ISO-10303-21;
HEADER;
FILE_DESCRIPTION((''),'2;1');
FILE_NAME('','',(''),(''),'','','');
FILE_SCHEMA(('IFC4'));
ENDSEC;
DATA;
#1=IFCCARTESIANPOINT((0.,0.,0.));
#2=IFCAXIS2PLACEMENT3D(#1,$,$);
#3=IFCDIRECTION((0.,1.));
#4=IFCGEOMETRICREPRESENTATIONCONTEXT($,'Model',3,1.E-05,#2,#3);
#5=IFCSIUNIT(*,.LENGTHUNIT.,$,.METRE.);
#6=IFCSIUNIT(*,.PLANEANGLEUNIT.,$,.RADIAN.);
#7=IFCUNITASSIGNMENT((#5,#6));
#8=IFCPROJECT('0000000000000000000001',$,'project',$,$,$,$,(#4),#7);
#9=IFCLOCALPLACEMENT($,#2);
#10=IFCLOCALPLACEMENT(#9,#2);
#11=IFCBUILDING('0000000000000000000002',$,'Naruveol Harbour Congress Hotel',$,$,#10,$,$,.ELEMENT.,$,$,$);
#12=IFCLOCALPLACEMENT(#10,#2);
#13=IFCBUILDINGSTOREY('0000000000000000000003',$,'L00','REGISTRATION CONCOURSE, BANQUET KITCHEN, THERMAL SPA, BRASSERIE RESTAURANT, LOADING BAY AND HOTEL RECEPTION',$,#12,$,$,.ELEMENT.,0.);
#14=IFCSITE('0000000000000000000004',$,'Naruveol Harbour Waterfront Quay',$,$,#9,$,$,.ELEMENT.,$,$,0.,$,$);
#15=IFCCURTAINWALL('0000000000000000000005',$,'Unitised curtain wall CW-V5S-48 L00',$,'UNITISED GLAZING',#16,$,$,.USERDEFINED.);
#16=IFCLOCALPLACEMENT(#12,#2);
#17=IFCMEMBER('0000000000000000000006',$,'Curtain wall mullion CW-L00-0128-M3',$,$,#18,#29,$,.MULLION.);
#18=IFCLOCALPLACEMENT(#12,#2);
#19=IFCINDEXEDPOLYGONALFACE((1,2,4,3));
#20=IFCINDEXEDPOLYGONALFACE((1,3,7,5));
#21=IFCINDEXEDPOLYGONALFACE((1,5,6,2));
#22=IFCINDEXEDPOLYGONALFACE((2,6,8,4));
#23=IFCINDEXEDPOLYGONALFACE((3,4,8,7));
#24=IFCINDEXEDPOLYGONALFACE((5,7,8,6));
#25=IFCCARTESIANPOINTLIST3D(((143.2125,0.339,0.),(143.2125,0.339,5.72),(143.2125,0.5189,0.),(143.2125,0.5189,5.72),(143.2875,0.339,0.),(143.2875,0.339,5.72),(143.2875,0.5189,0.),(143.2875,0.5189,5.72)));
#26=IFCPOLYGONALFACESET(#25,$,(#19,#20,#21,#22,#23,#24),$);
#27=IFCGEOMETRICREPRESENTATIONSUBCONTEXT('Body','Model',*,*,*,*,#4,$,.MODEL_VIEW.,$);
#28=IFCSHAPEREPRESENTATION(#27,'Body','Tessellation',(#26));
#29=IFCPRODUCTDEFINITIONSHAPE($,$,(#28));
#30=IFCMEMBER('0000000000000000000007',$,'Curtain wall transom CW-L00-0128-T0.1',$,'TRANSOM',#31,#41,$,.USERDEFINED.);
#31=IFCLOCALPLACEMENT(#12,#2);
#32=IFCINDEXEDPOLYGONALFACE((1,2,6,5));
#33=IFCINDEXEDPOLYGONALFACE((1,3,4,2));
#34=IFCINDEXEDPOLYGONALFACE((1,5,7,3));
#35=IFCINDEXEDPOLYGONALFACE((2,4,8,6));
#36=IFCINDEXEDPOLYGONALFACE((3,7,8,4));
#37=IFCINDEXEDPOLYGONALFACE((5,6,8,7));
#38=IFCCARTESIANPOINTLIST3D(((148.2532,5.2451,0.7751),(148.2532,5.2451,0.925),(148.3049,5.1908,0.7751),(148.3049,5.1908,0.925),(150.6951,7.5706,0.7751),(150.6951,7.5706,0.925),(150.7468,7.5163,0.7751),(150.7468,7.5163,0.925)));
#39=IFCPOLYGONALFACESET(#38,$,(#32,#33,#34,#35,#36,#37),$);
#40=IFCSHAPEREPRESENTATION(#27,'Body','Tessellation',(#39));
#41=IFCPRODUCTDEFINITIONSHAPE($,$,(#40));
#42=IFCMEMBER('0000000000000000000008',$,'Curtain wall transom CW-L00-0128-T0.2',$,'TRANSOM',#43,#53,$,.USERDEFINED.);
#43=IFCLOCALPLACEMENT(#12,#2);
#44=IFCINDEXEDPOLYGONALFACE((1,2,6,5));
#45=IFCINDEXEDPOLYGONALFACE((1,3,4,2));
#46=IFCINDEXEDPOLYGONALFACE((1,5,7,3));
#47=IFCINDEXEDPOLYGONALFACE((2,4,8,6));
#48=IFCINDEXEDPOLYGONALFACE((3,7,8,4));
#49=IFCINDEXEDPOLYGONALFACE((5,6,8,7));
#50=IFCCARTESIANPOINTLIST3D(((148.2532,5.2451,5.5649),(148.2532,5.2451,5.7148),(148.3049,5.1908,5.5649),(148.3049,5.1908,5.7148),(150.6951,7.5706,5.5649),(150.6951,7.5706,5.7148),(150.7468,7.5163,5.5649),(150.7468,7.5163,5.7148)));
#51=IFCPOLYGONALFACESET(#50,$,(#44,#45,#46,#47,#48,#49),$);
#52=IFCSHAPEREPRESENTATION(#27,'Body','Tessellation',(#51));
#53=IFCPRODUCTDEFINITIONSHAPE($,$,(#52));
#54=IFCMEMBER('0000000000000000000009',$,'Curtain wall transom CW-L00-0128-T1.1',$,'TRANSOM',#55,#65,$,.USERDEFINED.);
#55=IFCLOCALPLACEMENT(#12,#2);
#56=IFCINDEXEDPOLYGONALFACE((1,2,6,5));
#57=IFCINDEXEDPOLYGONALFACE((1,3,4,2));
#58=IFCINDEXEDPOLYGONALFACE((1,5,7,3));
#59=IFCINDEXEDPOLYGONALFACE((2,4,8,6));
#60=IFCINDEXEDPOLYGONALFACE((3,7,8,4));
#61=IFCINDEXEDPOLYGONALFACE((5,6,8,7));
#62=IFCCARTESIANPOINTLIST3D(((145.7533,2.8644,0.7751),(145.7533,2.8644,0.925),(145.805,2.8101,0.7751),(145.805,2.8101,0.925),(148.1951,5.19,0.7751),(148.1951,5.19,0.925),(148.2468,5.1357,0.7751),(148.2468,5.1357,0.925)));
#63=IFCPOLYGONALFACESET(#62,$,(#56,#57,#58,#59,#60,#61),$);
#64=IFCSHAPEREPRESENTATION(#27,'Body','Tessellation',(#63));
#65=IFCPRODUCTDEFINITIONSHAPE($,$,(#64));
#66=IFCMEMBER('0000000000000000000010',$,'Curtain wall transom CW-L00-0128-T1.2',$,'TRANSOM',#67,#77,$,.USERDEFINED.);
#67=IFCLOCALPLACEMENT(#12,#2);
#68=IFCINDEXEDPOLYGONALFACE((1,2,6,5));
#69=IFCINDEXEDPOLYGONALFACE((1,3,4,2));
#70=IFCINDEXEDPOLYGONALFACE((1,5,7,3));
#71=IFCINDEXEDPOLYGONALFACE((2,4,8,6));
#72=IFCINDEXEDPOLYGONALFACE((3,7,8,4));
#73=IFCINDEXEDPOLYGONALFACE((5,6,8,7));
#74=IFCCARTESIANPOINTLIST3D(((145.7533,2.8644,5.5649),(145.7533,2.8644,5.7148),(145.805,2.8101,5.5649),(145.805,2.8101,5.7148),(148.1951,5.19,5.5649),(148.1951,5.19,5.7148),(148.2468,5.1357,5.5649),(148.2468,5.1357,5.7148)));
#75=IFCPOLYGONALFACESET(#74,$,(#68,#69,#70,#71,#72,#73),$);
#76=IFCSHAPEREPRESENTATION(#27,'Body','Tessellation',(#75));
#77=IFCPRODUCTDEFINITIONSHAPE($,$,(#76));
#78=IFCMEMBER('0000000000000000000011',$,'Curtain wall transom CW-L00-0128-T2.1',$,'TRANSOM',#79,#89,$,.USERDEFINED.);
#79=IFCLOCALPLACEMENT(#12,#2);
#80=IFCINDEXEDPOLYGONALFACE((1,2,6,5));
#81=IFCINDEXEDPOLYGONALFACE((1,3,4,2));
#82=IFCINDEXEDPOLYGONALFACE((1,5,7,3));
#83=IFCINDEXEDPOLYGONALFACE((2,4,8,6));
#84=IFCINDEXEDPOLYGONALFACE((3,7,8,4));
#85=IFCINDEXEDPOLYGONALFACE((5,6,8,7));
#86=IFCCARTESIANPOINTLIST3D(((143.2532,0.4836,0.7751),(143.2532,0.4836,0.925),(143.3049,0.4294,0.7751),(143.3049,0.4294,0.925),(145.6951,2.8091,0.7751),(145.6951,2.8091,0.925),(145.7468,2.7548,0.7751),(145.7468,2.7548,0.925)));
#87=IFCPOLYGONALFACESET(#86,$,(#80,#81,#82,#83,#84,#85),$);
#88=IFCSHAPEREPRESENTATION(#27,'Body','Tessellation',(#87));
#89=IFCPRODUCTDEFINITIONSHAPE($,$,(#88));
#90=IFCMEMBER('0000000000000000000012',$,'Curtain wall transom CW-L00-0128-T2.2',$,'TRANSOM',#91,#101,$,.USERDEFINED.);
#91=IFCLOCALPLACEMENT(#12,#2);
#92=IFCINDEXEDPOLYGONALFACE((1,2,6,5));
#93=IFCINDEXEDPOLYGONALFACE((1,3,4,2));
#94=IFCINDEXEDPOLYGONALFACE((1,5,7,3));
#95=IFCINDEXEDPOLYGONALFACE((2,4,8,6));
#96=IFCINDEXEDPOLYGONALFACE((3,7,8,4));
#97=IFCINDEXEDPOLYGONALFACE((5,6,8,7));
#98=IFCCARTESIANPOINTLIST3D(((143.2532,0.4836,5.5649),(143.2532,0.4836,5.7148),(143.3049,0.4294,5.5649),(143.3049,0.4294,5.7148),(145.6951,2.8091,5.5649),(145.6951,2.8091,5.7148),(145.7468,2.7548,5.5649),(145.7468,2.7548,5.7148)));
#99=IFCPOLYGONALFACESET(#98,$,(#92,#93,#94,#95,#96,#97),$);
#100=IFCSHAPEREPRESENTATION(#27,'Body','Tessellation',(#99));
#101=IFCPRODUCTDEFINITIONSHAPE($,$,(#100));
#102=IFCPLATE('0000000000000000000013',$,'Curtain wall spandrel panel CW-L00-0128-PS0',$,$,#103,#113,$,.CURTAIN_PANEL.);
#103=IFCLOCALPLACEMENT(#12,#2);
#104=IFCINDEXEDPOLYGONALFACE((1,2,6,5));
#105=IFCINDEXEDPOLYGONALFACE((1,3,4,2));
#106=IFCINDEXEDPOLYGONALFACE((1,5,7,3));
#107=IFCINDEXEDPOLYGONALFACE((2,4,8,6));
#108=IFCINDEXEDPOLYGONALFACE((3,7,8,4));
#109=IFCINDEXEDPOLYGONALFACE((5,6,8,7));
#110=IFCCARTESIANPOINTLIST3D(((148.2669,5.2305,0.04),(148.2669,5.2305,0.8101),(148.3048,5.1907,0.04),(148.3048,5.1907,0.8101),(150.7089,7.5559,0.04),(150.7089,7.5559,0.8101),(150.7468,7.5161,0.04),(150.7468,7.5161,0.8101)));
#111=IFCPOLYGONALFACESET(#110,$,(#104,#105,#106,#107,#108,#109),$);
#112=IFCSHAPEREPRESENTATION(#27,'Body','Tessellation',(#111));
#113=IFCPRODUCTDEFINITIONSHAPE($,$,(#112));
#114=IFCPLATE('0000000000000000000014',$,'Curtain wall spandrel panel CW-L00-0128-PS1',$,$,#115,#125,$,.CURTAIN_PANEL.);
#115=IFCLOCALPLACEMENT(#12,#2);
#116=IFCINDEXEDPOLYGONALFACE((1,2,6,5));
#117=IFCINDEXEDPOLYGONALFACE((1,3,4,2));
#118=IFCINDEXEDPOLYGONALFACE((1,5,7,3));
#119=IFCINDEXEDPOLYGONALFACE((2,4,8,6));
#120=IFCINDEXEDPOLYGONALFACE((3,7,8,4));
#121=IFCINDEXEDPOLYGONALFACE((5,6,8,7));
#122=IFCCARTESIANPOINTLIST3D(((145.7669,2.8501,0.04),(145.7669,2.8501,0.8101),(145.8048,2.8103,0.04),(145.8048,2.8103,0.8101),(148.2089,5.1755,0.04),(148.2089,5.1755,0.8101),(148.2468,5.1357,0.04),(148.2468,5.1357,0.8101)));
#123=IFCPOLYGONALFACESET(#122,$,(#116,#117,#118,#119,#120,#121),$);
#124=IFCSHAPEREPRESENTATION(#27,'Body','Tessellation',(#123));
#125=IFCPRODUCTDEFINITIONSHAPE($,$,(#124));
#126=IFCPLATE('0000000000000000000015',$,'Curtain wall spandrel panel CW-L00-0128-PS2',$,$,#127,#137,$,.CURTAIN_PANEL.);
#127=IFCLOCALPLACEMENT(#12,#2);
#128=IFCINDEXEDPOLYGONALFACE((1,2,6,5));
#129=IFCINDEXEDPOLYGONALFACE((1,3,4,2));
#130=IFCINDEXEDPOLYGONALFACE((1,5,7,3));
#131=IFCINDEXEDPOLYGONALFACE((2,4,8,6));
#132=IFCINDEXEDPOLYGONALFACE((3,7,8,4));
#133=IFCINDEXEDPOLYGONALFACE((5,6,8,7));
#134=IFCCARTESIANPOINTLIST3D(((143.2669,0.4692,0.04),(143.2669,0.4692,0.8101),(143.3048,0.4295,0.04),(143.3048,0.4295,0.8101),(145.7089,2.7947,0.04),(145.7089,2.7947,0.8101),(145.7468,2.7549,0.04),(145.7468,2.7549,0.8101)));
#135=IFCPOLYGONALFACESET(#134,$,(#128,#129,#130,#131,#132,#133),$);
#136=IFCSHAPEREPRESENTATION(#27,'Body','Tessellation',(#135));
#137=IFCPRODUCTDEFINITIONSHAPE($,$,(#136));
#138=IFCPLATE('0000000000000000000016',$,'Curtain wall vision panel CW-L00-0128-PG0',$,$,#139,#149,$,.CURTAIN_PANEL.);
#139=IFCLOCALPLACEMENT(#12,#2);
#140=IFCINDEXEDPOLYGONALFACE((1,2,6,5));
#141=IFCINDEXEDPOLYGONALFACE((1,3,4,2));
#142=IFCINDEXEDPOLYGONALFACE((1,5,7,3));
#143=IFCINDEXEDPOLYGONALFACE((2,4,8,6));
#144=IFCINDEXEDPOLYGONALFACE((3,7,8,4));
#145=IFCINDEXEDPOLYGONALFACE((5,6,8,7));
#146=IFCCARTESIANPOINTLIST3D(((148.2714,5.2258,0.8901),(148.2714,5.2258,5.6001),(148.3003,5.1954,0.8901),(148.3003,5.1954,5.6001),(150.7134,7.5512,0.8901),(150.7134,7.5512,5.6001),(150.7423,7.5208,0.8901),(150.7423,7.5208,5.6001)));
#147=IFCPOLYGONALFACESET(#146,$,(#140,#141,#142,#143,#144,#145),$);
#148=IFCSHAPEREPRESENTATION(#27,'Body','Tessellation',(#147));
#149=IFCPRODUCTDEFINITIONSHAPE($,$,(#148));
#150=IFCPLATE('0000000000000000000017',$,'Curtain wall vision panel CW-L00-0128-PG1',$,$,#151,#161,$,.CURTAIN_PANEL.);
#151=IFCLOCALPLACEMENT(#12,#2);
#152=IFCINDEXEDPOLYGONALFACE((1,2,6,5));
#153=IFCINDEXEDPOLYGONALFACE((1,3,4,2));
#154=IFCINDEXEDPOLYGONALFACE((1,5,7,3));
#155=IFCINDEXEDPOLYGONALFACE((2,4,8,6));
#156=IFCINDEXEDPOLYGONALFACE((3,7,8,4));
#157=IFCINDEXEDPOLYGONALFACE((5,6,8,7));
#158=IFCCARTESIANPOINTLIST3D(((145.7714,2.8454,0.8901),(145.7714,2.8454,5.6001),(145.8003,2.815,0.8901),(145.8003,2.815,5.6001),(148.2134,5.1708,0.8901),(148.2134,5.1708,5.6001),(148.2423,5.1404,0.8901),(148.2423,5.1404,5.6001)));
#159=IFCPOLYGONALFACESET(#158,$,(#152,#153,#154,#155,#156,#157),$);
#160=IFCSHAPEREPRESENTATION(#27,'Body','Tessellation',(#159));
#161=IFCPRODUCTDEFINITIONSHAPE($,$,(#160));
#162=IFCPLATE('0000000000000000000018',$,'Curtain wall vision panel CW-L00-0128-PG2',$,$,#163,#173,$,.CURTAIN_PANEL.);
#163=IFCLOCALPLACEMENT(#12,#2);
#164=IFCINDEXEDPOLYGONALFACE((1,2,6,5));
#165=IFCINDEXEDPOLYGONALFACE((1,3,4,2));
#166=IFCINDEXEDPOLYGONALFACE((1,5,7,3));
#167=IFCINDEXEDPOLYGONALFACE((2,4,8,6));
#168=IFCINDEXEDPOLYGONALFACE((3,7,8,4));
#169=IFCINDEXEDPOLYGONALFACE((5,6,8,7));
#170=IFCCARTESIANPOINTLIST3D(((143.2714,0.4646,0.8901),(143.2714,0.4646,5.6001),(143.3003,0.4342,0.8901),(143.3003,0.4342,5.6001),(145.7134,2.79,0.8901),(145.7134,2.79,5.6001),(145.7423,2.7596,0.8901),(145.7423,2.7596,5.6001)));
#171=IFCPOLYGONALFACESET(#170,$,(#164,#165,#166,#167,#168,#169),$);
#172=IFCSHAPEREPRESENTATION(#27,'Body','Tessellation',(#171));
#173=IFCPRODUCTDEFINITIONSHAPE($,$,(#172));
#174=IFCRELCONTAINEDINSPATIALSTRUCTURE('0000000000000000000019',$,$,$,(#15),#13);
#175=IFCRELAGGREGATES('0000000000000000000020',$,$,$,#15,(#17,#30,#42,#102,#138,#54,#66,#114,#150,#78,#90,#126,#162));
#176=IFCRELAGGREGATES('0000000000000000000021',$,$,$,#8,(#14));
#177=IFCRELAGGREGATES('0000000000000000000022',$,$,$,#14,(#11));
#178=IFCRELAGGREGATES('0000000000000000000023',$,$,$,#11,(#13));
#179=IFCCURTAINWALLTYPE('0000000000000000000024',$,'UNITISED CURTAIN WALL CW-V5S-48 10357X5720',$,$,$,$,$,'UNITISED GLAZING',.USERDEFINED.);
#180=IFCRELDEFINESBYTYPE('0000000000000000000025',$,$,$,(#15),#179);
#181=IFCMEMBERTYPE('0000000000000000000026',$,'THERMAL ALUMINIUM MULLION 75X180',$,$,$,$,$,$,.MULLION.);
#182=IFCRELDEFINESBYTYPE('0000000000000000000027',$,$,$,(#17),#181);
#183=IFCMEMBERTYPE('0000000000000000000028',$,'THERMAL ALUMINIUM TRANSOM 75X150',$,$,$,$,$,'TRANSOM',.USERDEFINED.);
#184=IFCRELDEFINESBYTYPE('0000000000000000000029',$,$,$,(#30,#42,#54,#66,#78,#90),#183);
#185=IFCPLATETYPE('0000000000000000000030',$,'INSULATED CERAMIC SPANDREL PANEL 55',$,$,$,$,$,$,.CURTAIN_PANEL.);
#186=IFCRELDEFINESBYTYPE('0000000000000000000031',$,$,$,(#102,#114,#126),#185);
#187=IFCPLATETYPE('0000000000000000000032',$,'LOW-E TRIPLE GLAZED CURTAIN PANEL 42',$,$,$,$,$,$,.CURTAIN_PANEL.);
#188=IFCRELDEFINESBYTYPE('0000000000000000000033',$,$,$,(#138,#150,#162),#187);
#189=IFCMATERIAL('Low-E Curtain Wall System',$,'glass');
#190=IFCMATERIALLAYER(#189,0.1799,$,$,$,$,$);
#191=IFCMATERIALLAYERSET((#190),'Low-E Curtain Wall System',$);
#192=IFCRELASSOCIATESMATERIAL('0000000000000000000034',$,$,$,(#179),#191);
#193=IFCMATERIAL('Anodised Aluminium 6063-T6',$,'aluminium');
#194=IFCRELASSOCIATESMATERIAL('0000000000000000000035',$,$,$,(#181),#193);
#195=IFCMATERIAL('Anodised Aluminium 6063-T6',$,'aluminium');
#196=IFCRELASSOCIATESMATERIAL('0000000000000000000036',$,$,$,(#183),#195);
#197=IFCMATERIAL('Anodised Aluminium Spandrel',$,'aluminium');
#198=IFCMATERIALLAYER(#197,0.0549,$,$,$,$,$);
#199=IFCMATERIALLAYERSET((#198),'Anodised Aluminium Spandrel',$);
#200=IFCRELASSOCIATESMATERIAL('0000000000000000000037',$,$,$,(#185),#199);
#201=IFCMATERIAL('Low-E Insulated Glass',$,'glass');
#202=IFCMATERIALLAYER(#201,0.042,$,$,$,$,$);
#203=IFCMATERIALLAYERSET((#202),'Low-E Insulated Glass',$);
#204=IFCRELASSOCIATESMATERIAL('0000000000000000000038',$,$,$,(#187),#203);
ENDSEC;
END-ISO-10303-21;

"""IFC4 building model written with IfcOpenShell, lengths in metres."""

from ifc_helpers import new_model, si_unit, direction, frame, origin, origin_2d, place, context, subcontext, project, spatial, rectangle, extrude, material, layer, layer_set, material_profile, profile_set, type_object, element, aggregate, save


model = new_model("IFC4")

# Units and contexts
model_context = context("Model", 3, precision=1e-05, world=origin(), true_north=direction((0.0, 1.0)))
body_context = subcontext(model_context, "Body", "Model", "MODEL_VIEW")
ifc_project = project(units=[si_unit("LENGTHUNIT", "METRE"), si_unit("PLANEANGLEUNIT", "RADIAN")], contexts=[model_context])

# Site, building, storey
site_placement = place(None, origin())
site = spatial("IfcSite", under=ifc_project, at=site_placement, Name="Naruveol Harbour Waterfront Quay", CompositionType="ELEMENT", RefElevation=0.0)
building_placement = place(site_placement, origin())
building = spatial("IfcBuilding", under=site, at=building_placement, Name="Naruveol Harbour Congress Hotel", CompositionType="ELEMENT")
storey_placement = place(building_placement, origin())
storey = spatial("IfcBuildingStorey", under=building, at=storey_placement, Name="L00", Description="REGISTRATION CONCOURSE, BANQUET KITCHEN, THERMAL SPA, BRASSERIE RESTAURANT, LOADING BAY AND HOTEL RECEPTION", CompositionType="ELEMENT", Elevation=0.0)

# Curtain wall, members, plates
ifc_material_1 = material(Name="Low-E Curtain Wall System", Category="glass")
ifc_layer_1 = layer(ifc_material_1, 0.1799)
ifc_layer_set_1 = layer_set([ifc_layer_1], Name="Low-E Curtain Wall System")
curtain_wall_type = type_object("IfcCurtainWallType", Name="UNITISED CURTAIN WALL CW-V5S-48 10357X5720", ElementType="UNITISED GLAZING", PredefinedType="USERDEFINED", material=ifc_layer_set_1)
curtain_wall_placement = place(storey_placement, origin())
curtain_wall = element("IfcCurtainWall", 1, at=curtain_wall_placement, inside=storey, type_object=curtain_wall_type, Name="Unitised curtain wall CW-V5S-48 L00", ObjectType="UNITISED GLAZING", PredefinedType="USERDEFINED")
ifc_material_2 = material(Name="Anodised Aluminium 6063-T6", Category="aluminium")
ifc_material_profile_1 = material_profile(ifc_material_2, rectangle(XDim=0.075, YDim=0.1799, at=origin_2d()), Name="ALU-75x180")
ifc_profile_set_1 = profile_set([ifc_material_profile_1], Name="Anodised Aluminium 6063-T6")
member_type_1 = type_object("IfcMemberType", Name="THERMAL ALUMINIUM MULLION 75X180", PredefinedType="MULLION", material=ifc_profile_set_1)
member_1_placement = place(storey_placement, frame((143.25, 0.429, 0.0), z_axis=(0.0, 0.0, 1.0), x_axis=(1.0, 0.0, 0.0)))
member_1 = element("IfcMember", 2, at=member_1_placement, type_object=member_type_1, Name="Curtain wall mullion CW-L00-0128-M3", PredefinedType="MULLION", context=body_context, shape_type="SweptSolid", body=[
    extrude(rectangle(XDim=0.075, YDim=0.1799, at=origin_2d()), origin(), (0.0, 0.0, 1.0), 5.72),
])
ifc_material_3 = material(Name="Anodised Aluminium 6063-T6", Category="aluminium")
ifc_material_profile_2 = material_profile(ifc_material_3, rectangle(XDim=0.075, YDim=0.1499, at=origin_2d()), Name="ALU-75x150")
ifc_profile_set_2 = profile_set([ifc_material_profile_2], Name="Anodised Aluminium 6063-T6")
member_type_2 = type_object("IfcMemberType", Name="THERMAL ALUMINIUM TRANSOM 75X150", ElementType="TRANSOM", PredefinedType="USERDEFINED", material=ifc_profile_set_2)
member_2_placement = place(storey_placement, frame((150.7209, 7.5435, 0.8501), z_axis=(-0.724164, -0.689628, 0.0), x_axis=(0.689628, -0.724164, 0.0)))
member_2 = element("IfcMember", 3, at=member_2_placement, type_object=member_type_2, Name="Curtain wall transom CW-L00-0128-T0.1", ObjectType="TRANSOM", PredefinedType="USERDEFINED", context=body_context, shape_type="SweptSolid", body=[
    extrude(rectangle(XDim=0.075, YDim=0.1499, at=origin_2d()), origin(), (0.0, 0.0, 1.0), 3.3721),
])
member_3_placement = place(storey_placement, frame((150.7209, 7.5435, 5.6399), z_axis=(-0.724164, -0.689628, 0.0), x_axis=(0.689628, -0.724164, 0.0)))
member_3 = element("IfcMember", 4, at=member_3_placement, type_object=member_type_2, Name="Curtain wall transom CW-L00-0128-T0.2", ObjectType="TRANSOM", PredefinedType="USERDEFINED", context=body_context, shape_type="SweptSolid", body=[
    extrude(rectangle(XDim=0.075, YDim=0.1499, at=origin_2d()), origin(), (0.0, 0.0, 1.0), 3.3721),
])
member_4_placement = place(storey_placement, frame((148.2209, 5.1628, 0.8501), z_axis=(-0.724128, -0.689666, 0.0), x_axis=(0.689666, -0.724128, 0.0)))
member_4 = element("IfcMember", 5, at=member_4_placement, type_object=member_type_2, Name="Curtain wall transom CW-L00-0128-T1.1", ObjectType="TRANSOM", PredefinedType="USERDEFINED", context=body_context, shape_type="SweptSolid", body=[
    extrude(rectangle(XDim=0.075, YDim=0.1499, at=origin_2d()), origin(), (0.0, 0.0, 1.0), 3.3721),
])
member_5_placement = place(storey_placement, frame((148.2209, 5.1628, 5.6399), z_axis=(-0.724128, -0.689666, 0.0), x_axis=(0.689666, -0.724128, 0.0)))
member_5 = element("IfcMember", 6, at=member_5_placement, type_object=member_type_2, Name="Curtain wall transom CW-L00-0128-T1.2", ObjectType="TRANSOM", PredefinedType="USERDEFINED", context=body_context, shape_type="SweptSolid", body=[
    extrude(rectangle(XDim=0.075, YDim=0.1499, at=origin_2d()), origin(), (0.0, 0.0, 1.0), 3.3721),
])
member_6_placement = place(storey_placement, frame((145.7209, 2.782, 0.8501), z_axis=(-0.724164, -0.689628, 0.0), x_axis=(0.689628, -0.724164, 0.0)))
member_6 = element("IfcMember", 7, at=member_6_placement, type_object=member_type_2, Name="Curtain wall transom CW-L00-0128-T2.1", ObjectType="TRANSOM", PredefinedType="USERDEFINED", context=body_context, shape_type="SweptSolid", body=[
    extrude(rectangle(XDim=0.075, YDim=0.1499, at=origin_2d()), origin(), (0.0, 0.0, 1.0), 3.3721),
])
member_7_placement = place(storey_placement, frame((145.7209, 2.782, 5.6399), z_axis=(-0.724164, -0.689628, 0.0), x_axis=(0.689628, -0.724164, 0.0)))
member_7 = element("IfcMember", 8, at=member_7_placement, type_object=member_type_2, Name="Curtain wall transom CW-L00-0128-T2.2", ObjectType="TRANSOM", PredefinedType="USERDEFINED", context=body_context, shape_type="SweptSolid", body=[
    extrude(rectangle(XDim=0.075, YDim=0.1499, at=origin_2d()), origin(), (0.0, 0.0, 1.0), 3.3721),
])
ifc_material_4 = material(Name="Anodised Aluminium Spandrel", Category="aluminium")
ifc_layer_2 = layer(ifc_material_4, 0.0549)
ifc_layer_set_2 = layer_set([ifc_layer_2], Name="Anodised Aluminium Spandrel")
plate_type_1 = type_object("IfcPlateType", Name="INSULATED CERAMIC SPANDREL PANEL 55", PredefinedType="CURTAIN_PANEL", material=ifc_layer_set_2)
plate_1_placement = place(storey_placement, frame((149.5068, 6.3733, 0.04), z_axis=(0.0, 0.0, 1.0), x_axis=(-0.724184, -0.689607, 0.0)))
plate_1 = element("IfcPlate", 9, at=plate_1_placement, type_object=plate_type_1, Name="Curtain wall spandrel panel CW-L00-0128-PS0", PredefinedType="CURTAIN_PANEL", context=body_context, shape_type="SweptSolid", body=[
    extrude(rectangle(XDim=3.3721, YDim=0.0549, at=origin_2d()), origin(), (0.0, 0.0, 1.0), 0.77),
])
plate_2_placement = place(storey_placement, frame((147.0068, 3.9929, 0.04), z_axis=(0.0, 0.0, 1.0), x_axis=(-0.724184, -0.689607, 0.0)))
plate_2 = element("IfcPlate", 10, at=plate_2_placement, type_object=plate_type_1, Name="Curtain wall spandrel panel CW-L00-0128-PS1", PredefinedType="CURTAIN_PANEL", context=body_context, shape_type="SweptSolid", body=[
    extrude(rectangle(XDim=3.3721, YDim=0.0549, at=origin_2d()), origin(), (0.0, 0.0, 1.0), 0.77),
])
plate_3_placement = place(storey_placement, frame((144.5068, 1.6121, 0.04), z_axis=(0.0, 0.0, 1.0), x_axis=(-0.724184, -0.689607, 0.0)))
plate_3 = element("IfcPlate", 11, at=plate_3_placement, type_object=plate_type_1, Name="Curtain wall spandrel panel CW-L00-0128-PS2", PredefinedType="CURTAIN_PANEL", context=body_context, shape_type="SweptSolid", body=[
    extrude(rectangle(XDim=3.3721, YDim=0.0549, at=origin_2d()), origin(), (0.0, 0.0, 1.0), 0.77),
])
ifc_material_5 = material(Name="Low-E Insulated Glass", Category="glass")
ifc_layer_3 = layer(ifc_material_5, 0.042)
ifc_layer_set_3 = layer_set([ifc_layer_3], Name="Low-E Insulated Glass")
plate_type_2 = type_object("IfcPlateType", Name="LOW-E TRIPLE GLAZED CURTAIN PANEL 42", PredefinedType="CURTAIN_PANEL", material=ifc_layer_set_3)
plate_4_placement = place(storey_placement, frame((149.5068, 6.3733, 0.8901), z_axis=(0.0, 0.0, 1.0), x_axis=(-0.724184, -0.689607, 0.0)))
plate_4 = element("IfcPlate", 12, at=plate_4_placement, type_object=plate_type_2, Name="Curtain wall vision panel CW-L00-0128-PG0", PredefinedType="CURTAIN_PANEL", context=body_context, shape_type="SweptSolid", body=[
    extrude(rectangle(XDim=3.3721, YDim=0.042, at=origin_2d()), origin(), (0.0, 0.0, 1.0), 4.71),
])
plate_5_placement = place(storey_placement, frame((147.0068, 3.9929, 0.8901), z_axis=(0.0, 0.0, 1.0), x_axis=(-0.724184, -0.689607, 0.0)))
plate_5 = element("IfcPlate", 13, at=plate_5_placement, type_object=plate_type_2, Name="Curtain wall vision panel CW-L00-0128-PG1", PredefinedType="CURTAIN_PANEL", context=body_context, shape_type="SweptSolid", body=[
    extrude(rectangle(XDim=3.3721, YDim=0.042, at=origin_2d()), origin(), (0.0, 0.0, 1.0), 4.71),
])
plate_6_placement = place(storey_placement, frame((144.5068, 1.6121, 0.8901), z_axis=(0.0, 0.0, 1.0), x_axis=(-0.724184, -0.689607, 0.0)))
plate_6 = element("IfcPlate", 14, at=plate_6_placement, type_object=plate_type_2, Name="Curtain wall vision panel CW-L00-0128-PG2", PredefinedType="CURTAIN_PANEL", context=body_context, shape_type="SweptSolid", body=[
    extrude(rectangle(XDim=3.3721, YDim=0.042, at=origin_2d()), origin(), (0.0, 0.0, 1.0), 4.71),
])
aggregate(curtain_wall, [member_1, member_2, member_3, plate_1, plate_4, member_4, member_5, plate_2, plate_5, member_6, member_7, plate_3, plate_6])

save(model, "model.ifc")
